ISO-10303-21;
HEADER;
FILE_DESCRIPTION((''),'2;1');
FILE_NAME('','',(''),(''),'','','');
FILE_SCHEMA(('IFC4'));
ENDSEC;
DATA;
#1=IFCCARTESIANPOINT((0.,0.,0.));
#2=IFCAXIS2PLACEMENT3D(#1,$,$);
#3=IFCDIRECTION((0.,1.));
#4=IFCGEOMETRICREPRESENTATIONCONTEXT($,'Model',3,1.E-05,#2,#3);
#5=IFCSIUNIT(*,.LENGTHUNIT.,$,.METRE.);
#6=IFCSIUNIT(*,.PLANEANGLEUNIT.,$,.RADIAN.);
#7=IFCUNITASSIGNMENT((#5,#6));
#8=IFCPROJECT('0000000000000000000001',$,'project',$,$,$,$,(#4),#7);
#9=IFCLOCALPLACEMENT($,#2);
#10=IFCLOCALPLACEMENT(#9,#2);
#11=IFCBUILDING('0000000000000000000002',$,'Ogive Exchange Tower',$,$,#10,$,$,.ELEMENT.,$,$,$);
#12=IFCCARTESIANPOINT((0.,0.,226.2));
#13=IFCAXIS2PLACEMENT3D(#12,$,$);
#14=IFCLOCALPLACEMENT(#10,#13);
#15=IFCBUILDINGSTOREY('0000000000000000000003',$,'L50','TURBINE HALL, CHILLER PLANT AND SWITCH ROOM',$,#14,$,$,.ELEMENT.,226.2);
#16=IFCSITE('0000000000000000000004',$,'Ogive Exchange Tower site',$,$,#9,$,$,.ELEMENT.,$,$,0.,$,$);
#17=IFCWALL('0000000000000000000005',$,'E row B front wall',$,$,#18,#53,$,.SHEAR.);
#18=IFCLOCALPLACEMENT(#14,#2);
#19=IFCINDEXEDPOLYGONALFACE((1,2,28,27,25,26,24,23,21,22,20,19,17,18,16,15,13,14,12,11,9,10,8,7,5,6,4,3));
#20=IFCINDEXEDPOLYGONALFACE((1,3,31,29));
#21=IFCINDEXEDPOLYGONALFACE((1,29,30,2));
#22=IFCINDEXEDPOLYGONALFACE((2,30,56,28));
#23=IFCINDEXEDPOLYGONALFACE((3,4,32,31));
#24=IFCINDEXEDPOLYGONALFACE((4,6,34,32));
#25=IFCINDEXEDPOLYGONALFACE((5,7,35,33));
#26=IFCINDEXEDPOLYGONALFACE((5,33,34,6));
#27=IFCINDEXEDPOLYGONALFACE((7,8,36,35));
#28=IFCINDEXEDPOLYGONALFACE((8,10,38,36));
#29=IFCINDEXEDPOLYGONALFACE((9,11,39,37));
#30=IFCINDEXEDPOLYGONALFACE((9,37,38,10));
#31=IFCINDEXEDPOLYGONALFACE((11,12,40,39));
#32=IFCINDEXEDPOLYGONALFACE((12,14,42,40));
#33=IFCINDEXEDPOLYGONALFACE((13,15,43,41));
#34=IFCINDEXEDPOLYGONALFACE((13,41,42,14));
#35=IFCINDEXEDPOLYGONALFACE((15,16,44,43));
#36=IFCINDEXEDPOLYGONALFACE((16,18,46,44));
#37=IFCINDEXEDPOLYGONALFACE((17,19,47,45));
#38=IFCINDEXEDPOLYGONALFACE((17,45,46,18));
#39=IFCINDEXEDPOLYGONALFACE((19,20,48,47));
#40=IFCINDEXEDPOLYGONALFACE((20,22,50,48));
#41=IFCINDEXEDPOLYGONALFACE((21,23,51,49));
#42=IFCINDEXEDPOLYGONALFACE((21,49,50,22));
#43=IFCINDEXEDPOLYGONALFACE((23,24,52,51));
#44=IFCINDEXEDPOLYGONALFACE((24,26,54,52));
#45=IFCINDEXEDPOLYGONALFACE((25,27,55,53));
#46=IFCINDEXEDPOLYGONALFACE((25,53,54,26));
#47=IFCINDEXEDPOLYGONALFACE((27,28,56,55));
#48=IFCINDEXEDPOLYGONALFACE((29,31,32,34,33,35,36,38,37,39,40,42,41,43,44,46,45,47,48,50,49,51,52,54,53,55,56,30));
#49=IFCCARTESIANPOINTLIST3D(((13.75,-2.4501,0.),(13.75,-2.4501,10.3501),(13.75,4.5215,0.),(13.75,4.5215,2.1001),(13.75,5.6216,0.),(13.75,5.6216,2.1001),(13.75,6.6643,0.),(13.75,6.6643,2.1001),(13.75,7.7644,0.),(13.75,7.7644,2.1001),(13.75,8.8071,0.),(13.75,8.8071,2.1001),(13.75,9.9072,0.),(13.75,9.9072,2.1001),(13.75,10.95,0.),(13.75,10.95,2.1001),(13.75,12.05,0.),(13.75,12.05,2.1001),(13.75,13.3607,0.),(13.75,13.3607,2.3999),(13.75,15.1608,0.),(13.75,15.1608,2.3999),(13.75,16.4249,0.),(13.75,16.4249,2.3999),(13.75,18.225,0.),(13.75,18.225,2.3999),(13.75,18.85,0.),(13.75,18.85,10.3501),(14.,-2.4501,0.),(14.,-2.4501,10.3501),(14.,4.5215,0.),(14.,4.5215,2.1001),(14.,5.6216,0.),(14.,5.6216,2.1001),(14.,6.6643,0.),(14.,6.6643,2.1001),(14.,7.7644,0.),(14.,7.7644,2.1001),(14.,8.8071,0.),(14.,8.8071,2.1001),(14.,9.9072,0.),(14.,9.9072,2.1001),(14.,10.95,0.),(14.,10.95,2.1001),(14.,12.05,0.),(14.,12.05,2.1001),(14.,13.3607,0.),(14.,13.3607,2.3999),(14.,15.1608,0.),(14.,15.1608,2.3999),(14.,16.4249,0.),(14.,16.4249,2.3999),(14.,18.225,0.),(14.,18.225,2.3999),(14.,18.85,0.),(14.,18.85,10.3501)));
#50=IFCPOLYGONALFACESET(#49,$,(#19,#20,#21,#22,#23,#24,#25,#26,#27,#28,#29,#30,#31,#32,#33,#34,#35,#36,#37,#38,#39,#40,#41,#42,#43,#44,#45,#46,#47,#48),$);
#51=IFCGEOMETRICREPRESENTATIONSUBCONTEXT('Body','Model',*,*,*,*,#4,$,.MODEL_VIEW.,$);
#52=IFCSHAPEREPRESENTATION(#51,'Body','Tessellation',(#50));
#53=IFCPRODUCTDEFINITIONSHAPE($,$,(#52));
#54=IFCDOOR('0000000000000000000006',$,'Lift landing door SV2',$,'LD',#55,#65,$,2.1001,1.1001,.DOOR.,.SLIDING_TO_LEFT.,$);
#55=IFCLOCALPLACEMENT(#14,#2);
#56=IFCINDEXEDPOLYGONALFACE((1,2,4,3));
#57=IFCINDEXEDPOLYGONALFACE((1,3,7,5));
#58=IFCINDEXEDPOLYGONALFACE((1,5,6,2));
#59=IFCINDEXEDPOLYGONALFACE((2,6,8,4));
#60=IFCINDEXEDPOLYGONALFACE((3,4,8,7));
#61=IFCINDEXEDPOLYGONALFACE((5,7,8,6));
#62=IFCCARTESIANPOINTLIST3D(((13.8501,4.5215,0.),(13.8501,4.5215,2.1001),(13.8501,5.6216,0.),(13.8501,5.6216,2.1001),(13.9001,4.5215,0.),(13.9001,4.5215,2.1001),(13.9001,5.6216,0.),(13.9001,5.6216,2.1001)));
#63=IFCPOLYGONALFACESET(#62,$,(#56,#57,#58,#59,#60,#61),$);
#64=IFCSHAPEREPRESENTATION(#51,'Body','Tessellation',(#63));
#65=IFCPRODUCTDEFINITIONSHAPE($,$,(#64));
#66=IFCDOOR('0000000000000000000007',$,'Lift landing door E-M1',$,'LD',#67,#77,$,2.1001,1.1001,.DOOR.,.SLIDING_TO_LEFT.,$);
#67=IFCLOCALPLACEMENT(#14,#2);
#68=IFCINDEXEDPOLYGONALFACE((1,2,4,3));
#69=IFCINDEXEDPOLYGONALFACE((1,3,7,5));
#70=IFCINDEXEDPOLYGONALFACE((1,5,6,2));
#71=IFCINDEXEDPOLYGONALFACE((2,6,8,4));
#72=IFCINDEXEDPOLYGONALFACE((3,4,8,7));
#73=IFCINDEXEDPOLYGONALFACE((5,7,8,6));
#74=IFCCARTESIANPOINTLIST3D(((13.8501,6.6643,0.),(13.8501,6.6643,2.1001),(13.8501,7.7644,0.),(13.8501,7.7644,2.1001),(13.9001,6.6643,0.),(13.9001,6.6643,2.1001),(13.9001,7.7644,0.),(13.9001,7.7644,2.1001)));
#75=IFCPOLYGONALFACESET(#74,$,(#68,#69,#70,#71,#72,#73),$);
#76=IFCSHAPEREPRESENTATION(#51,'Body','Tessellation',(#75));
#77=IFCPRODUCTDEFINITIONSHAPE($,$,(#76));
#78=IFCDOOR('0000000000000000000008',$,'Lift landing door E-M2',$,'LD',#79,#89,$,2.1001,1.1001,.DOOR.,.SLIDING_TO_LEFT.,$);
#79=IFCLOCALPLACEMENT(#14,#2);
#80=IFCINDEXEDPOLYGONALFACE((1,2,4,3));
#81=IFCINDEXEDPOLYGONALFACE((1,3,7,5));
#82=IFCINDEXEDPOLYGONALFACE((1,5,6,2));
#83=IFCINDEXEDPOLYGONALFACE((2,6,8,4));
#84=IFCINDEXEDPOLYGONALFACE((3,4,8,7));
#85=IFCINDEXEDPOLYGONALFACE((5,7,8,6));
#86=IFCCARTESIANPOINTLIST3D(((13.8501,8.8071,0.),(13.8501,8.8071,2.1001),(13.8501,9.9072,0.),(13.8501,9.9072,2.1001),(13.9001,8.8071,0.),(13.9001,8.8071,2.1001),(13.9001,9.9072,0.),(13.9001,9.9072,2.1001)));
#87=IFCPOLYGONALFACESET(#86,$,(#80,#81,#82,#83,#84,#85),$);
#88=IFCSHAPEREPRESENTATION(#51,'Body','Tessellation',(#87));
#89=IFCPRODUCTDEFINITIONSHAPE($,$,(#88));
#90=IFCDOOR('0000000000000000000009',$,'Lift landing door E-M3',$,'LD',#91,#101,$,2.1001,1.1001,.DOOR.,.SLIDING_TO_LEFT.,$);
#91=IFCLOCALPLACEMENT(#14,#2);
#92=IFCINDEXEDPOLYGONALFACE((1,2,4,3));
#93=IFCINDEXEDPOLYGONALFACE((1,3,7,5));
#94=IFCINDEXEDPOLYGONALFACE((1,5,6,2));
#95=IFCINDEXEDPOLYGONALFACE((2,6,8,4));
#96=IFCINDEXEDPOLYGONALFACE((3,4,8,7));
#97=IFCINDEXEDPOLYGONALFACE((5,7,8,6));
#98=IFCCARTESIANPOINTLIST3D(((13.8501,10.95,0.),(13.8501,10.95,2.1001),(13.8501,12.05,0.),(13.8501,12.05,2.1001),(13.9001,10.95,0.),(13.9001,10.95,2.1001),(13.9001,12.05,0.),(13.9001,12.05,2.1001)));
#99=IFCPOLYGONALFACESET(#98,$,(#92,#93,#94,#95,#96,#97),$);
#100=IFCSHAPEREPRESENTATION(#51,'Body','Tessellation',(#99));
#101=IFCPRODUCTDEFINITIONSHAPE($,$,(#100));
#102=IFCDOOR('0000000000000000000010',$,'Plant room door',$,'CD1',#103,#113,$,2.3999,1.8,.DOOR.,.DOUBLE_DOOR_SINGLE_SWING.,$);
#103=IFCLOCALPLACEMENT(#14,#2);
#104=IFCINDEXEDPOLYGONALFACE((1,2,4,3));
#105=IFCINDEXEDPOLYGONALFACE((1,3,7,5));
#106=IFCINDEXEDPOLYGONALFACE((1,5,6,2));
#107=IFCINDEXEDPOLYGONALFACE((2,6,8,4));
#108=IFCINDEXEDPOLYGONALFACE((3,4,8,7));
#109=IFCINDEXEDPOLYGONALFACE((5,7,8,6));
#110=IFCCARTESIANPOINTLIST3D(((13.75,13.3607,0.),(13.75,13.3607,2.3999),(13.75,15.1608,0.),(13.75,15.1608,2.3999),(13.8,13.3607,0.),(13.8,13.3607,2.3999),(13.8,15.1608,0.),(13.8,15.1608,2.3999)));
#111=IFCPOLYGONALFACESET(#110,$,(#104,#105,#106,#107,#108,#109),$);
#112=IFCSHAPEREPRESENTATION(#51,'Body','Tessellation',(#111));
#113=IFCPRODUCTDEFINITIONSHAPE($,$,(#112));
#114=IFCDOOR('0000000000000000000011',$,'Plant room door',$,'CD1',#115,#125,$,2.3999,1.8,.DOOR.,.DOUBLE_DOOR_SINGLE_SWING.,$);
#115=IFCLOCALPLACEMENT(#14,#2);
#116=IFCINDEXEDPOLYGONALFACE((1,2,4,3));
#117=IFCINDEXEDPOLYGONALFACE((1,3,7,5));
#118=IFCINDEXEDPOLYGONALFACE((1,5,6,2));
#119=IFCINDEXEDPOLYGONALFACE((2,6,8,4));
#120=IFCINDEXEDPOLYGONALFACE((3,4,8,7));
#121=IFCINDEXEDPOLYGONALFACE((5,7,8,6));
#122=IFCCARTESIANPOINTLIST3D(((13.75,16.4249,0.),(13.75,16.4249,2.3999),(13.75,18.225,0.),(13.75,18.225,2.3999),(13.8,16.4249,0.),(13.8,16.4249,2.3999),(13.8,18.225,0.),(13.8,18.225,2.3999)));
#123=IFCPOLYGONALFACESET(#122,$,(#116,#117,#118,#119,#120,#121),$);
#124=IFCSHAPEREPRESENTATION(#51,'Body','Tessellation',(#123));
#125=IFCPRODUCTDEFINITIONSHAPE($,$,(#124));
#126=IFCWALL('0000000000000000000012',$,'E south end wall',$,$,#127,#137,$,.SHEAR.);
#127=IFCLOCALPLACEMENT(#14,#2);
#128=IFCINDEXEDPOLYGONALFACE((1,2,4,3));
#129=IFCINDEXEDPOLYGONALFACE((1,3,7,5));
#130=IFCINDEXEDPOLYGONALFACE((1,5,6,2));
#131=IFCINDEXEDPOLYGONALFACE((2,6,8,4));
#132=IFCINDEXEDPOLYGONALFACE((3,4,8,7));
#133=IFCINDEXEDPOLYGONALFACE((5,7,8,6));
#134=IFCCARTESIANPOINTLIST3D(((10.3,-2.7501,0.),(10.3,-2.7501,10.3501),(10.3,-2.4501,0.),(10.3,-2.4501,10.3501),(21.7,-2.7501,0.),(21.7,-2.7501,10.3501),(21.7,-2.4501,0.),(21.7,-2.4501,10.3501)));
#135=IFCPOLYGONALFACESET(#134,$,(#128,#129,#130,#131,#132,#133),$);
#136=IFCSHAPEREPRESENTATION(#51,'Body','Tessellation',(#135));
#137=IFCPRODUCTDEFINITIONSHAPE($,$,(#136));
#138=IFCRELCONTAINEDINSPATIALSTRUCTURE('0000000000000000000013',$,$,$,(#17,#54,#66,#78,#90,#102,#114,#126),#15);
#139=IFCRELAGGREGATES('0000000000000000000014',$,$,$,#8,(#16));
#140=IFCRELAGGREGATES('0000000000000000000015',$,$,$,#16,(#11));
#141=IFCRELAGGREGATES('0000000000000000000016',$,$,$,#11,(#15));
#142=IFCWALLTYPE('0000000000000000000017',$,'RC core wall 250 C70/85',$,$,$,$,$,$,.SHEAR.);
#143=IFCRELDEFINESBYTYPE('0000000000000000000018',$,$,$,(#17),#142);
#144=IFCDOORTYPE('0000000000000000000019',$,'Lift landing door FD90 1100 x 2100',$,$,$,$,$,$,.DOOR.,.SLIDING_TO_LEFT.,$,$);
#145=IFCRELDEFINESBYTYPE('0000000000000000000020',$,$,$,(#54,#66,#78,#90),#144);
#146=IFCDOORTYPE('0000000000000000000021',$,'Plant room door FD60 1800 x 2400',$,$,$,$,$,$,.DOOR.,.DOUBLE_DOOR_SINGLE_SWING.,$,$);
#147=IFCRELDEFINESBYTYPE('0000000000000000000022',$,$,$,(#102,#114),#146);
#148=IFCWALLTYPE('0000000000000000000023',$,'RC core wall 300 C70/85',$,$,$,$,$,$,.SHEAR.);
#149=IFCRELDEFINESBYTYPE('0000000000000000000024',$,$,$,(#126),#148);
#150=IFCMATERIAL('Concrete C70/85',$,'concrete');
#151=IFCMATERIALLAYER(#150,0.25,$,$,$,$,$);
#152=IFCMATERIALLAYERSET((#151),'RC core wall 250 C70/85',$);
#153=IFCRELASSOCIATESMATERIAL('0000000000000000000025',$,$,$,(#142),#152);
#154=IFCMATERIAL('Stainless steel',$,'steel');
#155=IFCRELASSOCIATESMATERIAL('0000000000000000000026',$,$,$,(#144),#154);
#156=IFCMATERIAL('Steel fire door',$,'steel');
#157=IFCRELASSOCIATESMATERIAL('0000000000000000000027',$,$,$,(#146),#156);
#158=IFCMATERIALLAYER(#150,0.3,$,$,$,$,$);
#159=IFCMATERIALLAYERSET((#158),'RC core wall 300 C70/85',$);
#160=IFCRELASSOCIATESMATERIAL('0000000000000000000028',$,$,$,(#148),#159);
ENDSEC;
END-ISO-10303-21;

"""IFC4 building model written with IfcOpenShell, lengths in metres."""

from ifc_helpers import new_model, si_unit, direction, frame, frame_2d, origin, place, context, subcontext, project, spatial, rectangle, extrude, material, layer, layer_set, type_object, element, fill, save


model = new_model("IFC4")

# Units and contexts
model_context = context("Model", 3, precision=1e-05, world=origin(), true_north=direction((0.0, 1.0)))
body_context = subcontext(model_context, "Body", "Model", "MODEL_VIEW")
ifc_project = project(units=[si_unit("LENGTHUNIT", "METRE"), si_unit("PLANEANGLEUNIT", "RADIAN")], contexts=[model_context])

# Site, building, storey
site_placement = place(None, origin())
site = spatial("IfcSite", under=ifc_project, at=site_placement, Name="Ogive Exchange Tower site", CompositionType="ELEMENT", RefElevation=0.0)
building_placement = place(site_placement, origin())
building = spatial("IfcBuilding", under=site, at=building_placement, Name="Ogive Exchange Tower", CompositionType="ELEMENT")
storey_placement = place(building_placement, frame((0.0, 0.0, 226.2)))
storey = spatial("IfcBuildingStorey", under=building, at=storey_placement, Name="L50", Description="TURBINE HALL, CHILLER PLANT AND SWITCH ROOM", CompositionType="ELEMENT", Elevation=226.2)

# Shared definitions
ifc_material_1 = material(Name="Concrete C70/85", Category="concrete")
ifc_layer_1 = layer(ifc_material_1, 0.25)
ifc_layer_set_1 = layer_set([ifc_layer_1], Name="RC core wall 250 C70/85")
wall_type_1 = type_object("IfcWallType", Name="RC core wall 250 C70/85", PredefinedType="SHEAR", material=ifc_layer_set_1)
ifc_material_2 = material(Name="Steel fire door", Category="steel")

# Wall, openings, doors
wall_1_placement = place(storey_placement, frame((13.875, -2.45, 0.0), z_axis=(0.0, 0.0, 1.0), x_axis=(0.0, 1.0, 0.0)))
wall_1 = element("IfcWall", 1, at=wall_1_placement, inside=storey, type_object=wall_type_1, Name="E row B front wall", PredefinedType="SHEAR", context=body_context, shape_type="SweptSolid", body=[
    extrude(rectangle(XDim=21.3, YDim=0.25, at=frame_2d((10.6499, 0.0))), origin(), (0.0, 0.0, 1.0), 10.3501),
])
opening_1_placement = place(wall_1_placement, frame((15.8108, 0.0, 0.0)))
opening_1 = element("IfcOpeningElement", 2, at=opening_1_placement, cuts=wall_1, PredefinedType="OPENING", context=body_context, shape_type="SweptSolid", body=[
    extrude(rectangle(XDim=1.8, YDim=2.3999, at=frame_2d((0.8999, 1.2))), frame((0.0, 0.135, 0.0), z_axis=(0.0, -1.0, 0.0), x_axis=(1.0, 0.0, 0.0)), (0.0, 0.0, 1.0), 0.27),
])
opening_2_placement = place(wall_1_placement, frame((18.875, 0.0, 0.0)))
opening_2 = element("IfcOpeningElement", 3, at=opening_2_placement, cuts=wall_1, PredefinedType="OPENING", context=body_context, shape_type="SweptSolid", body=[
    extrude(rectangle(XDim=1.8, YDim=2.3999, at=frame_2d((0.8999, 1.2))), frame((0.0, 0.135, 0.0), z_axis=(0.0, -1.0, 0.0), x_axis=(1.0, 0.0, 0.0)), (0.0, 0.0, 1.0), 0.27),
])
opening_3_placement = place(wall_1_placement, frame((6.9714, 0.0, 0.0)))
opening_3 = element("IfcOpeningElement", 4, at=opening_3_placement, cuts=wall_1, PredefinedType="OPENING", context=body_context, shape_type="SweptSolid", body=[
    extrude(rectangle(XDim=1.1001, YDim=2.1001, at=frame_2d((0.55, 1.05))), frame((0.0, 0.135, 0.0), z_axis=(0.0, -1.0, 0.0), x_axis=(1.0, 0.0, 0.0)), (0.0, 0.0, 1.0), 0.27),
])
opening_4_placement = place(wall_1_placement, frame((9.1143, 0.0, 0.0)))
opening_4 = element("IfcOpeningElement", 5, at=opening_4_placement, cuts=wall_1, PredefinedType="OPENING", context=body_context, shape_type="SweptSolid", body=[
    extrude(rectangle(XDim=1.1001, YDim=2.1001, at=frame_2d((0.55, 1.05))), frame((0.0, 0.135, 0.0), z_axis=(0.0, -1.0, 0.0), x_axis=(1.0, 0.0, 0.0)), (0.0, 0.0, 1.0), 0.27),
])
opening_5_placement = place(wall_1_placement, frame((11.2571, 0.0, 0.0)))
opening_5 = element("IfcOpeningElement", 6, at=opening_5_placement, cuts=wall_1, PredefinedType="OPENING", context=body_context, shape_type="SweptSolid", body=[
    extrude(rectangle(XDim=1.1001, YDim=2.1001, at=frame_2d((0.55, 1.05))), frame((0.0, 0.135, 0.0), z_axis=(0.0, -1.0, 0.0), x_axis=(1.0, 0.0, 0.0)), (0.0, 0.0, 1.0), 0.27),
])
opening_6_placement = place(wall_1_placement, frame((13.3999, 0.0, 0.0)))
opening_6 = element("IfcOpeningElement", 7, at=opening_6_placement, cuts=wall_1, PredefinedType="OPENING", context=body_context, shape_type="SweptSolid", body=[
    extrude(rectangle(XDim=1.1001, YDim=2.1001, at=frame_2d((0.55, 1.05))), frame((0.0, 0.135, 0.0), z_axis=(0.0, -1.0, 0.0), x_axis=(1.0, 0.0, 0.0)), (0.0, 0.0, 1.0), 0.27),
])
ifc_material_3 = material(Name="Stainless steel", Category="steel")
door_type_1 = type_object("IfcDoorType", Name="Lift landing door FD90 1100 x 2100", OperationType="SLIDING_TO_LEFT", PredefinedType="DOOR", material=ifc_material_3)
door_1_placement = place(opening_3_placement, origin())
door_1 = element("IfcDoor", 8, at=door_1_placement, inside=storey, type_object=door_type_1, Name="Lift landing door SV2", ObjectType="LD", OperationType="SLIDING_TO_LEFT", OverallHeight=2.1001, OverallWidth=1.1001, PredefinedType="DOOR", context=body_context, shape_type="SweptSolid", body=[
    extrude(rectangle(XDim=1.1001, YDim=2.1001, at=frame_2d((0.55, 1.05))), frame((0.0, 0.0249, 0.0), z_axis=(0.0, -1.0, 0.0), x_axis=(1.0, 0.0, 0.0)), (0.0, 0.0, 1.0), 0.05),
])
fill(opening_3, door_1)
door_2_placement = place(opening_4_placement, origin())
door_2 = element("IfcDoor", 9, at=door_2_placement, inside=storey, type_object=door_type_1, Name="Lift landing door E-M1", ObjectType="LD", OperationType="SLIDING_TO_LEFT", OverallHeight=2.1001, OverallWidth=1.1001, PredefinedType="DOOR", context=body_context, shape_type="SweptSolid", body=[
    extrude(rectangle(XDim=1.1001, YDim=2.1001, at=frame_2d((0.55, 1.05))), frame((0.0, 0.0249, 0.0), z_axis=(0.0, -1.0, 0.0), x_axis=(1.0, 0.0, 0.0)), (0.0, 0.0, 1.0), 0.05),
])
fill(opening_4, door_2)
door_3_placement = place(opening_5_placement, origin())
door_3 = element("IfcDoor", 10, at=door_3_placement, inside=storey, type_object=door_type_1, Name="Lift landing door E-M2", ObjectType="LD", OperationType="SLIDING_TO_LEFT", OverallHeight=2.1001, OverallWidth=1.1001, PredefinedType="DOOR", context=body_context, shape_type="SweptSolid", body=[
    extrude(rectangle(XDim=1.1001, YDim=2.1001, at=frame_2d((0.55, 1.05))), frame((0.0, 0.0249, 0.0), z_axis=(0.0, -1.0, 0.0), x_axis=(1.0, 0.0, 0.0)), (0.0, 0.0, 1.0), 0.05),
])
fill(opening_5, door_3)
door_4_placement = place(opening_6_placement, origin())
door_4 = element("IfcDoor", 11, at=door_4_placement, inside=storey, type_object=door_type_1, Name="Lift landing door E-M3", ObjectType="LD", OperationType="SLIDING_TO_LEFT", OverallHeight=2.1001, OverallWidth=1.1001, PredefinedType="DOOR", context=body_context, shape_type="SweptSolid", body=[
    extrude(rectangle(XDim=1.1001, YDim=2.1001, at=frame_2d((0.55, 1.05))), frame((0.0, 0.0249, 0.0), z_axis=(0.0, -1.0, 0.0), x_axis=(1.0, 0.0, 0.0)), (0.0, 0.0, 1.0), 0.05),
])
fill(opening_6, door_4)
door_type_2 = type_object("IfcDoorType", Name="Plant room door FD60 1800 x 2400", OperationType="DOUBLE_DOOR_SINGLE_SWING", PredefinedType="DOOR", material=ifc_material_2)
door_5_placement = place(opening_1_placement, origin())
door_5 = element("IfcDoor", 12, at=door_5_placement, inside=storey, type_object=door_type_2, Name="Plant room door", ObjectType="CD1", OperationType="DOUBLE_DOOR_SINGLE_SWING", OverallHeight=2.3999, OverallWidth=1.8, PredefinedType="DOOR", context=body_context, shape_type="SweptSolid", body=[
    extrude(rectangle(XDim=1.8, YDim=2.3999, at=frame_2d((0.8999, 1.2))), frame((0.0, 0.125, 0.0), z_axis=(0.0, -1.0, 0.0), x_axis=(1.0, 0.0, 0.0)), (0.0, 0.0, 1.0), 0.05),
])
fill(opening_1, door_5)
door_6_placement = place(opening_2_placement, origin())
door_6 = element("IfcDoor", 13, at=door_6_placement, inside=storey, type_object=door_type_2, Name="Plant room door", ObjectType="CD1", OperationType="DOUBLE_DOOR_SINGLE_SWING", OverallHeight=2.3999, OverallWidth=1.8, PredefinedType="DOOR", context=body_context, shape_type="SweptSolid", body=[
    extrude(rectangle(XDim=1.8, YDim=2.3999, at=frame_2d((0.8999, 1.2))), frame((0.0, 0.125, 0.0), z_axis=(0.0, -1.0, 0.0), x_axis=(1.0, 0.0, 0.0)), (0.0, 0.0, 1.0), 0.05),
])
fill(opening_2, door_6)

# Wall
ifc_layer_2 = layer(ifc_material_1, 0.3)
ifc_layer_set_2 = layer_set([ifc_layer_2], Name="RC core wall 300 C70/85")
wall_type_2 = type_object("IfcWallType", Name="RC core wall 300 C70/85", PredefinedType="SHEAR", material=ifc_layer_set_2)
wall_2_placement = place(storey_placement, frame((10.3, -2.6001, 0.0), z_axis=(0.0, 0.0, 1.0), x_axis=(1.0, 0.0, 0.0)))
element("IfcWall", 14, at=wall_2_placement, inside=storey, type_object=wall_type_2, Name="E south end wall", PredefinedType="SHEAR", context=body_context, shape_type="SweptSolid", body=[
    extrude(rectangle(XDim=11.3999, YDim=0.3, at=frame_2d((5.7, 0.0))), origin(), (0.0, 0.0, 1.0), 10.3501),
])

save(model, "model.ifc")
